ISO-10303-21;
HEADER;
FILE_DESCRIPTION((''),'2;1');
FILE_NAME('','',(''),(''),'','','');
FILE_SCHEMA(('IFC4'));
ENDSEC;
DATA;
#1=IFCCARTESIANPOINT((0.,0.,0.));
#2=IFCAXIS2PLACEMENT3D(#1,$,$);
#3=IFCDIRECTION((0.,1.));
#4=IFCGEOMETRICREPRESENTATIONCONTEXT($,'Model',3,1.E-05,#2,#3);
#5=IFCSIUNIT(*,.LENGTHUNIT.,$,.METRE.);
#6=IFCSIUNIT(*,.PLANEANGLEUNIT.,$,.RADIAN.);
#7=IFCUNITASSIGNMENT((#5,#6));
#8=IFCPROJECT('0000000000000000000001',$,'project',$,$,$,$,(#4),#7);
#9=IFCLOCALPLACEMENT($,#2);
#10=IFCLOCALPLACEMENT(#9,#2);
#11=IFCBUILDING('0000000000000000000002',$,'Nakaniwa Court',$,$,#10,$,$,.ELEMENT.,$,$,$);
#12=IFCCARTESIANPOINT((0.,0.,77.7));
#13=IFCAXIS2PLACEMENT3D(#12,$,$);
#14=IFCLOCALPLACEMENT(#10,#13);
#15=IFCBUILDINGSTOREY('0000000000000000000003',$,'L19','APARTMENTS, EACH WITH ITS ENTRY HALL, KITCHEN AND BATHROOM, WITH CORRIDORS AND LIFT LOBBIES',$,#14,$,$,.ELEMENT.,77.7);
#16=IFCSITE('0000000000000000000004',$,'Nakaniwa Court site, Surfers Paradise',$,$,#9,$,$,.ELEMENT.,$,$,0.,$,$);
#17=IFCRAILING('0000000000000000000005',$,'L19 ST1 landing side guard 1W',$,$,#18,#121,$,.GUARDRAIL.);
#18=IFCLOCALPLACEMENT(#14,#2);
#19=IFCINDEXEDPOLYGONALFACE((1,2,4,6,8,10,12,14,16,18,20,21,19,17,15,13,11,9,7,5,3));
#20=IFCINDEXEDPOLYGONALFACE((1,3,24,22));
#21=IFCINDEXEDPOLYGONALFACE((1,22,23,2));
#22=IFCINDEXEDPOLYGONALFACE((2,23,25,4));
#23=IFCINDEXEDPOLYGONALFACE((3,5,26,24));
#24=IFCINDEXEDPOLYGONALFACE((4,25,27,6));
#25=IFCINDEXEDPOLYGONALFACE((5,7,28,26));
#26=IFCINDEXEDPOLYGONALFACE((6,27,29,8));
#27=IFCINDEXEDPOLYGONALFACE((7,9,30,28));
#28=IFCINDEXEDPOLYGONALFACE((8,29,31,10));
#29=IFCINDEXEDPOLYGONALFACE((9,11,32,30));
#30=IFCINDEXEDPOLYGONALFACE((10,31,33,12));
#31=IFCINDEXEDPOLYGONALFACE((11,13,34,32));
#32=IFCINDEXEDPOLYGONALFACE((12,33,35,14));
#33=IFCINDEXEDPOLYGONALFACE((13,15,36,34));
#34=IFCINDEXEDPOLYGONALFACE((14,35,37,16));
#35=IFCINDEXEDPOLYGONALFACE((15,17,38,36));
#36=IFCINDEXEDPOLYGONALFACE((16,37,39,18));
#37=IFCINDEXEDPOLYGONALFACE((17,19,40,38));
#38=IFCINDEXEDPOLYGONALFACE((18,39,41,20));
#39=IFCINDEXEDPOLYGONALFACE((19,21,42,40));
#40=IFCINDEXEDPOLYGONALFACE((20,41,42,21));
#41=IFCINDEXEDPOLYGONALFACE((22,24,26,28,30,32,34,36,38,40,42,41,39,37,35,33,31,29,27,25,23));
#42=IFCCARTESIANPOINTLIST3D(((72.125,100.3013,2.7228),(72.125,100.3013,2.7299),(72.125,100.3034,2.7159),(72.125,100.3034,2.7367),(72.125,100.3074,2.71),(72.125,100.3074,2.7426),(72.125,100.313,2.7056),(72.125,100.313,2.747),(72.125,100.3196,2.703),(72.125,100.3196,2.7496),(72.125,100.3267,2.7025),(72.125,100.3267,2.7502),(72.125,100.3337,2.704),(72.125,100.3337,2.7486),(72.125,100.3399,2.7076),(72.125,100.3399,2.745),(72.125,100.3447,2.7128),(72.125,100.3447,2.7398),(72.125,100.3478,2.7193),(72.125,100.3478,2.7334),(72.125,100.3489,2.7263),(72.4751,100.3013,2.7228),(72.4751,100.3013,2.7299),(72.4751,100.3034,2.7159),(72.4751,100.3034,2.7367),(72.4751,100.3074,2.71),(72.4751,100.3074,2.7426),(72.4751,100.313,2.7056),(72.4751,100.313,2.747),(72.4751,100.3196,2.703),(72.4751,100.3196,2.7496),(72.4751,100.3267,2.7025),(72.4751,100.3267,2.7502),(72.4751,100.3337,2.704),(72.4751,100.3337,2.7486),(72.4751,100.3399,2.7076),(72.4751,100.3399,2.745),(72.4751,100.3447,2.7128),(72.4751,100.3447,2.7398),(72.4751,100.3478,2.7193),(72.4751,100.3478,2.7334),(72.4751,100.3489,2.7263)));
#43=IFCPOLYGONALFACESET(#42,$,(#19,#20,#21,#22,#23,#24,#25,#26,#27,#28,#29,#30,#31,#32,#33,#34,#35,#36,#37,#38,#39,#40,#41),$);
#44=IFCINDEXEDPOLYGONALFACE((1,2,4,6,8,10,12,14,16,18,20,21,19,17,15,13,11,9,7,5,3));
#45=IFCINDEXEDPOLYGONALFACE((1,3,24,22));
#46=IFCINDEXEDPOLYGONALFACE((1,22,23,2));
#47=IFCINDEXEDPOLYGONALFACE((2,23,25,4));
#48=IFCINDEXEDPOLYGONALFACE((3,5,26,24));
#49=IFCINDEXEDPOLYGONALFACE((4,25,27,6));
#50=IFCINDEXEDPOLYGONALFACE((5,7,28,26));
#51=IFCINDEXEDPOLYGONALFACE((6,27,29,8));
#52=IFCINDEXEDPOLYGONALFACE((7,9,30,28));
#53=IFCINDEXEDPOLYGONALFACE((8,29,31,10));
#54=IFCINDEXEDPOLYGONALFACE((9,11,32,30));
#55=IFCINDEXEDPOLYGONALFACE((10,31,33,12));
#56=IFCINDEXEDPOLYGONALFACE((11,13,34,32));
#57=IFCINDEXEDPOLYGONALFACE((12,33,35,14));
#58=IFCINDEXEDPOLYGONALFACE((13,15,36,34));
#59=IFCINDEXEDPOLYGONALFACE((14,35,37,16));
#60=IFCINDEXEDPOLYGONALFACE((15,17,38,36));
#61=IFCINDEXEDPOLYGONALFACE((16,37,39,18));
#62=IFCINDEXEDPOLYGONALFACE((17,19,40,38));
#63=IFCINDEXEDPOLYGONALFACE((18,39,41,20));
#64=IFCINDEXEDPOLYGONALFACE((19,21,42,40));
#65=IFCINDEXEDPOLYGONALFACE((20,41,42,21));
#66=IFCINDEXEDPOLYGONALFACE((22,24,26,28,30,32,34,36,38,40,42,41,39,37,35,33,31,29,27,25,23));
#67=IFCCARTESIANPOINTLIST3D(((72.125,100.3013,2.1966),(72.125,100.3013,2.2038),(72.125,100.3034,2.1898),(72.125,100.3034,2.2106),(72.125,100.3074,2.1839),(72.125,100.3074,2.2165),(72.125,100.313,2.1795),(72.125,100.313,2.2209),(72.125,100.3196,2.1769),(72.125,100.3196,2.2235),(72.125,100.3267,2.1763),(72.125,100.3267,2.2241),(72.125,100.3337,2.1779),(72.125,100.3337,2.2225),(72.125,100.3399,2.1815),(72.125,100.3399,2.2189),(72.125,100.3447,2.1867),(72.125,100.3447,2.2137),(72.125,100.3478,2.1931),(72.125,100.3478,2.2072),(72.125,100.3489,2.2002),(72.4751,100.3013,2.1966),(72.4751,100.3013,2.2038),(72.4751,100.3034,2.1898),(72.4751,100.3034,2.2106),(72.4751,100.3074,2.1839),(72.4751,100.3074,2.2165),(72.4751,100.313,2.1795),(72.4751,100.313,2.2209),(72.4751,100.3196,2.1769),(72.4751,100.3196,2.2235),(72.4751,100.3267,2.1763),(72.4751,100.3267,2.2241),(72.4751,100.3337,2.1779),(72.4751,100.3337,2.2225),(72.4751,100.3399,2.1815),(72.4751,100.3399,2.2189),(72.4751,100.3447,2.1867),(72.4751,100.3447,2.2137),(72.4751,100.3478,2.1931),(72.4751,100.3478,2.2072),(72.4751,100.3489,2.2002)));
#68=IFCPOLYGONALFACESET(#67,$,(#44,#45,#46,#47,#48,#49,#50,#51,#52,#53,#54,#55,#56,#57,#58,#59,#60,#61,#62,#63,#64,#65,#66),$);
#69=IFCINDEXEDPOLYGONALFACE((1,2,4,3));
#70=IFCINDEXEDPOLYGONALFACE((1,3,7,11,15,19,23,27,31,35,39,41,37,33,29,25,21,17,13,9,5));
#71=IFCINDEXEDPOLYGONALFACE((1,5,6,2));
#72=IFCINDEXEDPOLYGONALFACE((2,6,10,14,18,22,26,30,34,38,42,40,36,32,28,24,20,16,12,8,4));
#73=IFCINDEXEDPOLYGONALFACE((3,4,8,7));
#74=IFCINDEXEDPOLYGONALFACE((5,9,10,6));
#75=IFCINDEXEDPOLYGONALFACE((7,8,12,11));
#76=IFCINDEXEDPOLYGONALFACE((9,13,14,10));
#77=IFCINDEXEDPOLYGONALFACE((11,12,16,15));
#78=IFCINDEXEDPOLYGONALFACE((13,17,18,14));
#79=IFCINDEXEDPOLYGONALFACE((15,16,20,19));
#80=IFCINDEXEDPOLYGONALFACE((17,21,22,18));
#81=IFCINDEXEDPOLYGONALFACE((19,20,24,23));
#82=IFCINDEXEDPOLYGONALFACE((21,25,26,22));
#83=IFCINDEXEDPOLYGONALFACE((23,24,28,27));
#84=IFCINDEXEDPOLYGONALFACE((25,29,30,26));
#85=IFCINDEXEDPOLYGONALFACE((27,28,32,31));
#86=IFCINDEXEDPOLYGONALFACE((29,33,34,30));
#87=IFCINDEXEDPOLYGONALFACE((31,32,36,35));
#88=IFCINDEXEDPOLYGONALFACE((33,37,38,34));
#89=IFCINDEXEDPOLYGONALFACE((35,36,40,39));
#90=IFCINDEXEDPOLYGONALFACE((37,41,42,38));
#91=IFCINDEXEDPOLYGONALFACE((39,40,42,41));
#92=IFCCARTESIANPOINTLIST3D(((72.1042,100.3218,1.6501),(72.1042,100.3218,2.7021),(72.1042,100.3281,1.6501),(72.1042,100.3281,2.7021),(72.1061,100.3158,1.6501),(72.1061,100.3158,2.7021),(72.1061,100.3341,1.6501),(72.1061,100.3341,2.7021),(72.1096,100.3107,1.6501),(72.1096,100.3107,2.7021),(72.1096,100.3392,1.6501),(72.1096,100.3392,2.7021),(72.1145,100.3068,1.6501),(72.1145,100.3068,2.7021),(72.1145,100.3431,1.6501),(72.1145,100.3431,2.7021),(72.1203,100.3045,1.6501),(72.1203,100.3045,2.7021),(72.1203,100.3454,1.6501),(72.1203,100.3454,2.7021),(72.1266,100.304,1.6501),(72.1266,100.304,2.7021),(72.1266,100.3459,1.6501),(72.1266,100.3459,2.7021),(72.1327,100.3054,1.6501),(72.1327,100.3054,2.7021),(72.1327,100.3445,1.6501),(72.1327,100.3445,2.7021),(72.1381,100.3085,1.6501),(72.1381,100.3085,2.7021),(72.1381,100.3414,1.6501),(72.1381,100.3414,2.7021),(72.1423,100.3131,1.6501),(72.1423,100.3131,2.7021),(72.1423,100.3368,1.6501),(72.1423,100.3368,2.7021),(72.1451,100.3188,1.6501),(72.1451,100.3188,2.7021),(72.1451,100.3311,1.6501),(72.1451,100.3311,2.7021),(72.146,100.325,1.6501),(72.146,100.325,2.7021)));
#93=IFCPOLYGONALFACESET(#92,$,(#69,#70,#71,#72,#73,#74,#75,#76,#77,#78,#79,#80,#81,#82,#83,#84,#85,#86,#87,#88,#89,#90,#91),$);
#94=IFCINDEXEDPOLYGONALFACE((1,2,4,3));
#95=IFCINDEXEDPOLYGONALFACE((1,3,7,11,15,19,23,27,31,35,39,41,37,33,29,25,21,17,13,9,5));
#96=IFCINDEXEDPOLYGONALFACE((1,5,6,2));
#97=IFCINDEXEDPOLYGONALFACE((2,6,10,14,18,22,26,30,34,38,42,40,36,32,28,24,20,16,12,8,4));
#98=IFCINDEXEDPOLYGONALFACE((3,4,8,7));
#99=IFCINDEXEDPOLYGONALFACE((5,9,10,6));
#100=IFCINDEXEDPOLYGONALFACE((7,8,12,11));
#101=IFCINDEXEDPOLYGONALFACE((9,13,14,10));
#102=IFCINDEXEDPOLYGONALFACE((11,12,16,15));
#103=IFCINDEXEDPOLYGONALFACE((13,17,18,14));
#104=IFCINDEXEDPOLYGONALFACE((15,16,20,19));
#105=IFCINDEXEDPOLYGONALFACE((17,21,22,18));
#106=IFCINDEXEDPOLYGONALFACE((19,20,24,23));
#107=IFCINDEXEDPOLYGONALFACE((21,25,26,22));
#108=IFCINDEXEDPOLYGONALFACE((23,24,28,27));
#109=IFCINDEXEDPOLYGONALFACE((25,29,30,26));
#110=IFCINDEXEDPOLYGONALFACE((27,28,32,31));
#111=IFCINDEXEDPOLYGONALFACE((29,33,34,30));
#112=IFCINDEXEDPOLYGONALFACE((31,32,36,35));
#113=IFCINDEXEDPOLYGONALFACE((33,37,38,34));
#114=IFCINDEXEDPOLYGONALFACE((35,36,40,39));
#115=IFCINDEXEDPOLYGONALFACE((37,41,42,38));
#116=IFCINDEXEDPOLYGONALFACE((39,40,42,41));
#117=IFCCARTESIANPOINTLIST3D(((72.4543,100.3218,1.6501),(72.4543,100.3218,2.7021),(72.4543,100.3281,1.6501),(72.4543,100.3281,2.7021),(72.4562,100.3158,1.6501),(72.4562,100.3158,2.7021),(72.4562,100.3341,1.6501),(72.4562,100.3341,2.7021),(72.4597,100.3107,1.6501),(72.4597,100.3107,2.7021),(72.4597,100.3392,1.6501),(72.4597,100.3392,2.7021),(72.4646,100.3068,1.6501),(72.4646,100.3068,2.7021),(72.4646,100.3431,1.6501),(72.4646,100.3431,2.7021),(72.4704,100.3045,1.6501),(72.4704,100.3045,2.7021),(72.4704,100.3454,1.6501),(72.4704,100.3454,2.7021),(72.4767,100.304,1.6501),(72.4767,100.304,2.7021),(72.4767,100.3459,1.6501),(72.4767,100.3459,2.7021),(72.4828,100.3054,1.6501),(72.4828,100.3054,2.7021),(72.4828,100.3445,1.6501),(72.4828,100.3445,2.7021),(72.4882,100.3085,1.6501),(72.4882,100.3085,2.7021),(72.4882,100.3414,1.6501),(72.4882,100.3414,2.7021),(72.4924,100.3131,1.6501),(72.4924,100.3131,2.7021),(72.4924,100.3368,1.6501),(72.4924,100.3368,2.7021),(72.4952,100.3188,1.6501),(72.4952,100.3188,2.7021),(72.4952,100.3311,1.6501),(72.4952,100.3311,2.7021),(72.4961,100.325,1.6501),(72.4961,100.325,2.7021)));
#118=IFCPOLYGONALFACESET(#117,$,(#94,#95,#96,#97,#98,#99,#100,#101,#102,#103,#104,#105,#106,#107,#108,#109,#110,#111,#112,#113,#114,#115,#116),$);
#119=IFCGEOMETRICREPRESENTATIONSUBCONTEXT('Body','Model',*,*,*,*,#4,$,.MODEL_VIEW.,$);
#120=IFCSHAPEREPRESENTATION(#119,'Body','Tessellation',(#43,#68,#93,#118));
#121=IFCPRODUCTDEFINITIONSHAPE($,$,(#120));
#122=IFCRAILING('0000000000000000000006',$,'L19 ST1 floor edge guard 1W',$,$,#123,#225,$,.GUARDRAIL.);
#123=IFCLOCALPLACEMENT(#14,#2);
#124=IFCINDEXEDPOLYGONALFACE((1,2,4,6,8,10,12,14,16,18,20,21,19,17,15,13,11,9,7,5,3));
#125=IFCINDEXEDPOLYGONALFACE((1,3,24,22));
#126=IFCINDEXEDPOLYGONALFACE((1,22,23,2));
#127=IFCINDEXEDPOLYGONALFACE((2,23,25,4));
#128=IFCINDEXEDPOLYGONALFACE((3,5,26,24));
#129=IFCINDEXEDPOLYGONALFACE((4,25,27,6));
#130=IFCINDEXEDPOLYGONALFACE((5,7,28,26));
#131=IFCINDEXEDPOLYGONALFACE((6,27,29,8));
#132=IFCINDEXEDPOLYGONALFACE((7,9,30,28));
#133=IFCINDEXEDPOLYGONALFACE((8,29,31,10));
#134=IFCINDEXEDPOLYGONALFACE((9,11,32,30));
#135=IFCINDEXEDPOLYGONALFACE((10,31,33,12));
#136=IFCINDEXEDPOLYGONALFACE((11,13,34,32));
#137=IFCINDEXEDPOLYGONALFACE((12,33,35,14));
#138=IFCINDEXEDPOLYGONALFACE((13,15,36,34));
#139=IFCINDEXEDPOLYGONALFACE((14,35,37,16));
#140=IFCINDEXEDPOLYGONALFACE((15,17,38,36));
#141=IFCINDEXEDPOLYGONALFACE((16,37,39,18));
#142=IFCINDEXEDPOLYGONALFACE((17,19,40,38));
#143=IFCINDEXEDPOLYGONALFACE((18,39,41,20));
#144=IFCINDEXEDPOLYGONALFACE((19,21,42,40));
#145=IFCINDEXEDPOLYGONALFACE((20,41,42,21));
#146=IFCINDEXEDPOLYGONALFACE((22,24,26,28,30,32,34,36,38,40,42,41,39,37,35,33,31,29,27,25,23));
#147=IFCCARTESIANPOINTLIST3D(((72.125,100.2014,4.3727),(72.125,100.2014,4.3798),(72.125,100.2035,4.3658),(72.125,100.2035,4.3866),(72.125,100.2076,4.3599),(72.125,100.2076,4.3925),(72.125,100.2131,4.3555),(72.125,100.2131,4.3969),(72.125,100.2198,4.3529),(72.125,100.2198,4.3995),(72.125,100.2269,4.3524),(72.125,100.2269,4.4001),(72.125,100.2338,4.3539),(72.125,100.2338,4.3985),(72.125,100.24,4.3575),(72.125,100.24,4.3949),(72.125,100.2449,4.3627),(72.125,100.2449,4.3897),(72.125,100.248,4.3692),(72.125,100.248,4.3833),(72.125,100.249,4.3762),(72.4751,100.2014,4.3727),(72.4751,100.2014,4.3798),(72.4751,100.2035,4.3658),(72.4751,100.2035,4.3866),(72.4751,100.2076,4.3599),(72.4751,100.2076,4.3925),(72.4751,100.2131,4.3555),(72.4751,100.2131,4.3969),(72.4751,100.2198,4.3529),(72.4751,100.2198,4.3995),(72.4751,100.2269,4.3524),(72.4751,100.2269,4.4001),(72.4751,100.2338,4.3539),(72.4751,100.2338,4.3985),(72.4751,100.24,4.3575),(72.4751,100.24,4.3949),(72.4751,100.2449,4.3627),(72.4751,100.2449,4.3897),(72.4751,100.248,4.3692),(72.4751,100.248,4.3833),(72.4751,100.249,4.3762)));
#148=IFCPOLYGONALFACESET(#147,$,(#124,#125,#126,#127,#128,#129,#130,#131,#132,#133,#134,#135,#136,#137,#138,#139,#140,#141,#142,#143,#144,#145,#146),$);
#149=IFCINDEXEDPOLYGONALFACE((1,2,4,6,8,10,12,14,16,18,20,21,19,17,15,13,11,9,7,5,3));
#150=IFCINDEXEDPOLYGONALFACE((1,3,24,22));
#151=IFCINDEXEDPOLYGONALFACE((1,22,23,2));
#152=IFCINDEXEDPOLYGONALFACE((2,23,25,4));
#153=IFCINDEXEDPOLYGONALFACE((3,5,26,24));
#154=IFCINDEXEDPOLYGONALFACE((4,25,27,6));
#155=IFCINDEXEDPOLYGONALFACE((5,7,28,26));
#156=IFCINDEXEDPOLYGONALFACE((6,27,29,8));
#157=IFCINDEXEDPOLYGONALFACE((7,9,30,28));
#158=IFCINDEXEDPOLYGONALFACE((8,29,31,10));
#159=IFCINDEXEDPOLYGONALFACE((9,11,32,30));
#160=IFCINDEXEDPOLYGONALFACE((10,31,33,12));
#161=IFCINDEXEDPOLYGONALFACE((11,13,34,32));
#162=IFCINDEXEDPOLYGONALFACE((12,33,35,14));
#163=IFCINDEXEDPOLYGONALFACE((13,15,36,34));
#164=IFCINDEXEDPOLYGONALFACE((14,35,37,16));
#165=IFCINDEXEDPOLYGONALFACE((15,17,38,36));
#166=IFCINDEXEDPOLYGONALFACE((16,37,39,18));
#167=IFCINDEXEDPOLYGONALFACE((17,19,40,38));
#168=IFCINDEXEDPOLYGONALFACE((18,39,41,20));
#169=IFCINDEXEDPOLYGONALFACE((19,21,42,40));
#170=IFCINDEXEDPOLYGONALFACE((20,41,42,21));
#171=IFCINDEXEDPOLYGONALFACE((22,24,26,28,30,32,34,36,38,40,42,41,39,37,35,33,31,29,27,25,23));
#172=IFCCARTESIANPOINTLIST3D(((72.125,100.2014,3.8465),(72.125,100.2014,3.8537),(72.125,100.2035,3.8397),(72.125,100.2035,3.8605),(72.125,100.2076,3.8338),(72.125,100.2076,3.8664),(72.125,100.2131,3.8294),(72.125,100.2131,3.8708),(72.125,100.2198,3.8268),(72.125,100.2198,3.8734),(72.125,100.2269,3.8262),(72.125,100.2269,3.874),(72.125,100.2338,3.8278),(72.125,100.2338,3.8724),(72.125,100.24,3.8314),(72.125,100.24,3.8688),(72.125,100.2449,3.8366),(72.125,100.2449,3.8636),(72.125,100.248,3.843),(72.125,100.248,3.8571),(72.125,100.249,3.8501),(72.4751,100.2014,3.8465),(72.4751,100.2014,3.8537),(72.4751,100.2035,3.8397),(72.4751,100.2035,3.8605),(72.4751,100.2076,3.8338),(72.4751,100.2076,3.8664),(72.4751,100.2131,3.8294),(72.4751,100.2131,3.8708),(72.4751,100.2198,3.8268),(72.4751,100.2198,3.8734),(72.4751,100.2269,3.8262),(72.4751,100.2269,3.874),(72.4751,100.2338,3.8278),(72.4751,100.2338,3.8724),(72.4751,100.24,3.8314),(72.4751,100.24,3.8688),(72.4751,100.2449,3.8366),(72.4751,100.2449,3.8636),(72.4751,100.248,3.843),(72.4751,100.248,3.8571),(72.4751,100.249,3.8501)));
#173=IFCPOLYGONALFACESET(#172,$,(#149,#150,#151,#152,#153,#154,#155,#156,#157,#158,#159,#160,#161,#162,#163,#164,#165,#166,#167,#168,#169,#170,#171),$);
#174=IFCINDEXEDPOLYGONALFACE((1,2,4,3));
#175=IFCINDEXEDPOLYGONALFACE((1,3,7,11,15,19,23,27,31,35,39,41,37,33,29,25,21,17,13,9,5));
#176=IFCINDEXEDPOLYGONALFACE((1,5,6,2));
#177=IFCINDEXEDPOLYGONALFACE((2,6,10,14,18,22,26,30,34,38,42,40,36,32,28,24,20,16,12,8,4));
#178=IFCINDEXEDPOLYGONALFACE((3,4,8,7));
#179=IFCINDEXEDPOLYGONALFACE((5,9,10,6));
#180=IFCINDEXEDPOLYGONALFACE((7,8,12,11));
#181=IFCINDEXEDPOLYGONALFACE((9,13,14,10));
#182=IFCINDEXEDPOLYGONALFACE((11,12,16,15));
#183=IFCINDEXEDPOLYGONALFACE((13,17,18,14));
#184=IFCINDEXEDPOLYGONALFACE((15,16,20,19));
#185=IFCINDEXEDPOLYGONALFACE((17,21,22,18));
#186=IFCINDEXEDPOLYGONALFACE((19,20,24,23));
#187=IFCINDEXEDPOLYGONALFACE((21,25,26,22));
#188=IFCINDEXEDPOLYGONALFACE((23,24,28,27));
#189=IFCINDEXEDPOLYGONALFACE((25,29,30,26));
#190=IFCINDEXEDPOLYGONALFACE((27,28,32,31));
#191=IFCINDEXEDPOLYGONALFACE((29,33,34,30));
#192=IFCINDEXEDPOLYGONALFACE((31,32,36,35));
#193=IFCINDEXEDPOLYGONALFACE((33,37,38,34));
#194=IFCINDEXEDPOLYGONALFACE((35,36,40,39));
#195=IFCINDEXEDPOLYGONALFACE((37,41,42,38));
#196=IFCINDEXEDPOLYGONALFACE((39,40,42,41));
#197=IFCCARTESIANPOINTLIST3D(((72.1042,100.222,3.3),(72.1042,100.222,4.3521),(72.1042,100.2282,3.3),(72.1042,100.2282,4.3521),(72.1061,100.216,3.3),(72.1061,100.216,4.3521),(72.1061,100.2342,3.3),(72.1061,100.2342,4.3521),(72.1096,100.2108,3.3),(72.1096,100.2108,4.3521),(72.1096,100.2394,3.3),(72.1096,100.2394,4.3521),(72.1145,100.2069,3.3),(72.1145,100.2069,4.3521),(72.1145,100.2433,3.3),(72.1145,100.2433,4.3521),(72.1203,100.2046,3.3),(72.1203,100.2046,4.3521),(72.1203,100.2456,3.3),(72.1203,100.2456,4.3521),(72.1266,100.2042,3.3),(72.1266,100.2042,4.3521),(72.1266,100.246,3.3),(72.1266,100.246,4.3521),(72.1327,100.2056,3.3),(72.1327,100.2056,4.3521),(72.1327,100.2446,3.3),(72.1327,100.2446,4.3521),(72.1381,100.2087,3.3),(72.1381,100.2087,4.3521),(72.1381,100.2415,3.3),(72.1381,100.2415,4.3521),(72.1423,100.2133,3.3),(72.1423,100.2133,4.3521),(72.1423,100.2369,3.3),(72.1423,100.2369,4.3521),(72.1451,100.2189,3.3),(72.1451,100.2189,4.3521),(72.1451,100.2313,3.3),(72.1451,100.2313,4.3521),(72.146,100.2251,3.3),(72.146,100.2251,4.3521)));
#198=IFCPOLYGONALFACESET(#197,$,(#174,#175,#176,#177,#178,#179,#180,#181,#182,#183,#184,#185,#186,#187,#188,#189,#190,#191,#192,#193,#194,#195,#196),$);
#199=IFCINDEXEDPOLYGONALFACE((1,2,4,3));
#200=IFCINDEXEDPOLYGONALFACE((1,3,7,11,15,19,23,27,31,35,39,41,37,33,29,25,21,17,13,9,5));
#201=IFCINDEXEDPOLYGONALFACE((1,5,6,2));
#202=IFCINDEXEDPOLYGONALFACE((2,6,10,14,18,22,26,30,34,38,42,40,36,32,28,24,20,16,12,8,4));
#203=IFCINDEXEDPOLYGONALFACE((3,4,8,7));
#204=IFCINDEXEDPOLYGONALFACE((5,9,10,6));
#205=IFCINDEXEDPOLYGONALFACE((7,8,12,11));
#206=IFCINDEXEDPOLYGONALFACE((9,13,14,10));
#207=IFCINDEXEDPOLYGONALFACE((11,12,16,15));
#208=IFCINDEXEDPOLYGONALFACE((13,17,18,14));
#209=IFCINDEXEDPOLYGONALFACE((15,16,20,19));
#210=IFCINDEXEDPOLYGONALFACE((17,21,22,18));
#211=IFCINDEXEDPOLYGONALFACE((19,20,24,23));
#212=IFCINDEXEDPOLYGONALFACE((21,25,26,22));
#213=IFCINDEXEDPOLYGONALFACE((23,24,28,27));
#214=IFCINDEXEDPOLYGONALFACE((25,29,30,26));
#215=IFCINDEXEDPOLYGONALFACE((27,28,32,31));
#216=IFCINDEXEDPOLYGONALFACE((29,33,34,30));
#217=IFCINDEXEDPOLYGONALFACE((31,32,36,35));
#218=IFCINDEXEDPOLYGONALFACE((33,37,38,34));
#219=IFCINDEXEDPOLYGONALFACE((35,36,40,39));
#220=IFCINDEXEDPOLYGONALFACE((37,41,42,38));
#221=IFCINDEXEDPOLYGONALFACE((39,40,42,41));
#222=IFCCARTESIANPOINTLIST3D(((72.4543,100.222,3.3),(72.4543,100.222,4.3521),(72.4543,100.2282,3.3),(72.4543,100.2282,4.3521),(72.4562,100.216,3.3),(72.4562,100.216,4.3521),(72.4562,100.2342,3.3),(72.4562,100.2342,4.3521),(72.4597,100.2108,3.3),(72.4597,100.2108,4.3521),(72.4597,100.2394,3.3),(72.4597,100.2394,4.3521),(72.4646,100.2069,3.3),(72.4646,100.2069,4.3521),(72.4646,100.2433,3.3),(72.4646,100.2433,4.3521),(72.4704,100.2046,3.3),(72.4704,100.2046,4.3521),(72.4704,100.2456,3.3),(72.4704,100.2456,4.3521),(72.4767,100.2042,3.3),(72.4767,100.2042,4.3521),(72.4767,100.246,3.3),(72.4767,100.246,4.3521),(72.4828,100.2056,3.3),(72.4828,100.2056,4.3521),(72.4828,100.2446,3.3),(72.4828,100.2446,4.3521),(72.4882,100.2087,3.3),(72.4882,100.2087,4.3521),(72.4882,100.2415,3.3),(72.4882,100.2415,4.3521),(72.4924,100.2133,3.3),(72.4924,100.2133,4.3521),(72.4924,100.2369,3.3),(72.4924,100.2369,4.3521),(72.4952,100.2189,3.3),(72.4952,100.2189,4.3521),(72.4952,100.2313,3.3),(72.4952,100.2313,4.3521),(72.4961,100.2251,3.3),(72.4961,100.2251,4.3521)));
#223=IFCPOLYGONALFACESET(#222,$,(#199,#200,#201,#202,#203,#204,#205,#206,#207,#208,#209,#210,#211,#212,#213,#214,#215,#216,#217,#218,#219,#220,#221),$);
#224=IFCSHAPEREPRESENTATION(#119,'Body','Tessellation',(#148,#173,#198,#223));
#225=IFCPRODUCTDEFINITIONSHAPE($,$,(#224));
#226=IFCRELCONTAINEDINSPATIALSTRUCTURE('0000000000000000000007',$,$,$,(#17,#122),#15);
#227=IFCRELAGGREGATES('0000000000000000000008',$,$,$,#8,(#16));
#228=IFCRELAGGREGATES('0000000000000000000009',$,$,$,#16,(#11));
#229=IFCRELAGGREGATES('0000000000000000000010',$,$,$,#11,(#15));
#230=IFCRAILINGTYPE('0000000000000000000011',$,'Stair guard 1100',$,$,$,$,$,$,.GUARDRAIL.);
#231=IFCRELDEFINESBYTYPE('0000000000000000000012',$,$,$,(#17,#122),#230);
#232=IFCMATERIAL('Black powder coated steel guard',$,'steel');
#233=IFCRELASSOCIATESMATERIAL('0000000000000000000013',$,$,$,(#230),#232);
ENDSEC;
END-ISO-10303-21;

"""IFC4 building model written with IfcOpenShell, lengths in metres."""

from ifc_helpers import new_model, si_unit, direction, frame, origin, origin_2d, place, context, subcontext, project, spatial, circle, extrude, material, type_object, element, save


model = new_model("IFC4")

# Units and contexts
model_context = context("Model", 3, precision=1e-05, world=origin(), true_north=direction((0.0, 1.0)))
body_context = subcontext(model_context, "Body", "Model", "MODEL_VIEW")
ifc_project = project(units=[si_unit("LENGTHUNIT", "METRE"), si_unit("PLANEANGLEUNIT", "RADIAN")], contexts=[model_context])

# Site, building, storey
site_placement = place(None, origin())
site = spatial("IfcSite", under=ifc_project, at=site_placement, Name="Nakaniwa Court site, Surfers Paradise", CompositionType="ELEMENT", RefElevation=0.0)
building_placement = place(site_placement, origin())
building = spatial("IfcBuilding", under=site, at=building_placement, Name="Nakaniwa Court", CompositionType="ELEMENT")
storey_placement = place(building_placement, frame((0.0, 0.0, 77.7)))
storey = spatial("IfcBuildingStorey", under=building, at=storey_placement, Name="L19", Description="APARTMENTS, EACH WITH ITS ENTRY HALL, KITCHEN AND BATHROOM, WITH CORRIDORS AND LIFT LOBBIES", CompositionType="ELEMENT", Elevation=77.7)

# Railings
ifc_material_1 = material(Name="Black powder coated steel guard", Category="steel")
railing_type_1 = type_object("IfcRailingType", Name="Stair guard 1100", PredefinedType="GUARDRAIL", material=ifc_material_1)
for number, where, name in (
    (1, (72.125, 100.325, 1.6501), "L19 ST1 landing side guard 1W"),
    (2, (72.125, 100.2251, 3.3), "L19 ST1 floor edge guard 1W"),
):
    element("IfcRailing", number, at=place(storey_placement, frame(where)), inside=storey, type_object=railing_type_1, Name=name, PredefinedType="GUARDRAIL", context=body_context, shape_type="SweptSolid", body=[
        extrude(circle(Radius=0.0239, at=origin_2d()), frame((0.0, 0.0, 1.0762), z_axis=(1.0, 0.0, 0.0), x_axis=(0.0, 1.0, 0.0)), (0.0, 0.0, 1.0), 0.3501),
        extrude(circle(Radius=0.0239, at=origin_2d()), frame((0.0, 0.0, 0.55), z_axis=(1.0, 0.0, 0.0), x_axis=(0.0, 1.0, 0.0)), (0.0, 0.0, 1.0), 0.3501),
        extrude(circle(Radius=0.021, at=origin_2d()), origin(), (0.0, 0.0, 1.0), 1.052),
        extrude(circle(Radius=0.021, at=origin_2d()), frame((0.3501, 0.0, 0.0)), (0.0, 0.0, 1.0), 1.052),
    ])

save(model, "model.ifc")
